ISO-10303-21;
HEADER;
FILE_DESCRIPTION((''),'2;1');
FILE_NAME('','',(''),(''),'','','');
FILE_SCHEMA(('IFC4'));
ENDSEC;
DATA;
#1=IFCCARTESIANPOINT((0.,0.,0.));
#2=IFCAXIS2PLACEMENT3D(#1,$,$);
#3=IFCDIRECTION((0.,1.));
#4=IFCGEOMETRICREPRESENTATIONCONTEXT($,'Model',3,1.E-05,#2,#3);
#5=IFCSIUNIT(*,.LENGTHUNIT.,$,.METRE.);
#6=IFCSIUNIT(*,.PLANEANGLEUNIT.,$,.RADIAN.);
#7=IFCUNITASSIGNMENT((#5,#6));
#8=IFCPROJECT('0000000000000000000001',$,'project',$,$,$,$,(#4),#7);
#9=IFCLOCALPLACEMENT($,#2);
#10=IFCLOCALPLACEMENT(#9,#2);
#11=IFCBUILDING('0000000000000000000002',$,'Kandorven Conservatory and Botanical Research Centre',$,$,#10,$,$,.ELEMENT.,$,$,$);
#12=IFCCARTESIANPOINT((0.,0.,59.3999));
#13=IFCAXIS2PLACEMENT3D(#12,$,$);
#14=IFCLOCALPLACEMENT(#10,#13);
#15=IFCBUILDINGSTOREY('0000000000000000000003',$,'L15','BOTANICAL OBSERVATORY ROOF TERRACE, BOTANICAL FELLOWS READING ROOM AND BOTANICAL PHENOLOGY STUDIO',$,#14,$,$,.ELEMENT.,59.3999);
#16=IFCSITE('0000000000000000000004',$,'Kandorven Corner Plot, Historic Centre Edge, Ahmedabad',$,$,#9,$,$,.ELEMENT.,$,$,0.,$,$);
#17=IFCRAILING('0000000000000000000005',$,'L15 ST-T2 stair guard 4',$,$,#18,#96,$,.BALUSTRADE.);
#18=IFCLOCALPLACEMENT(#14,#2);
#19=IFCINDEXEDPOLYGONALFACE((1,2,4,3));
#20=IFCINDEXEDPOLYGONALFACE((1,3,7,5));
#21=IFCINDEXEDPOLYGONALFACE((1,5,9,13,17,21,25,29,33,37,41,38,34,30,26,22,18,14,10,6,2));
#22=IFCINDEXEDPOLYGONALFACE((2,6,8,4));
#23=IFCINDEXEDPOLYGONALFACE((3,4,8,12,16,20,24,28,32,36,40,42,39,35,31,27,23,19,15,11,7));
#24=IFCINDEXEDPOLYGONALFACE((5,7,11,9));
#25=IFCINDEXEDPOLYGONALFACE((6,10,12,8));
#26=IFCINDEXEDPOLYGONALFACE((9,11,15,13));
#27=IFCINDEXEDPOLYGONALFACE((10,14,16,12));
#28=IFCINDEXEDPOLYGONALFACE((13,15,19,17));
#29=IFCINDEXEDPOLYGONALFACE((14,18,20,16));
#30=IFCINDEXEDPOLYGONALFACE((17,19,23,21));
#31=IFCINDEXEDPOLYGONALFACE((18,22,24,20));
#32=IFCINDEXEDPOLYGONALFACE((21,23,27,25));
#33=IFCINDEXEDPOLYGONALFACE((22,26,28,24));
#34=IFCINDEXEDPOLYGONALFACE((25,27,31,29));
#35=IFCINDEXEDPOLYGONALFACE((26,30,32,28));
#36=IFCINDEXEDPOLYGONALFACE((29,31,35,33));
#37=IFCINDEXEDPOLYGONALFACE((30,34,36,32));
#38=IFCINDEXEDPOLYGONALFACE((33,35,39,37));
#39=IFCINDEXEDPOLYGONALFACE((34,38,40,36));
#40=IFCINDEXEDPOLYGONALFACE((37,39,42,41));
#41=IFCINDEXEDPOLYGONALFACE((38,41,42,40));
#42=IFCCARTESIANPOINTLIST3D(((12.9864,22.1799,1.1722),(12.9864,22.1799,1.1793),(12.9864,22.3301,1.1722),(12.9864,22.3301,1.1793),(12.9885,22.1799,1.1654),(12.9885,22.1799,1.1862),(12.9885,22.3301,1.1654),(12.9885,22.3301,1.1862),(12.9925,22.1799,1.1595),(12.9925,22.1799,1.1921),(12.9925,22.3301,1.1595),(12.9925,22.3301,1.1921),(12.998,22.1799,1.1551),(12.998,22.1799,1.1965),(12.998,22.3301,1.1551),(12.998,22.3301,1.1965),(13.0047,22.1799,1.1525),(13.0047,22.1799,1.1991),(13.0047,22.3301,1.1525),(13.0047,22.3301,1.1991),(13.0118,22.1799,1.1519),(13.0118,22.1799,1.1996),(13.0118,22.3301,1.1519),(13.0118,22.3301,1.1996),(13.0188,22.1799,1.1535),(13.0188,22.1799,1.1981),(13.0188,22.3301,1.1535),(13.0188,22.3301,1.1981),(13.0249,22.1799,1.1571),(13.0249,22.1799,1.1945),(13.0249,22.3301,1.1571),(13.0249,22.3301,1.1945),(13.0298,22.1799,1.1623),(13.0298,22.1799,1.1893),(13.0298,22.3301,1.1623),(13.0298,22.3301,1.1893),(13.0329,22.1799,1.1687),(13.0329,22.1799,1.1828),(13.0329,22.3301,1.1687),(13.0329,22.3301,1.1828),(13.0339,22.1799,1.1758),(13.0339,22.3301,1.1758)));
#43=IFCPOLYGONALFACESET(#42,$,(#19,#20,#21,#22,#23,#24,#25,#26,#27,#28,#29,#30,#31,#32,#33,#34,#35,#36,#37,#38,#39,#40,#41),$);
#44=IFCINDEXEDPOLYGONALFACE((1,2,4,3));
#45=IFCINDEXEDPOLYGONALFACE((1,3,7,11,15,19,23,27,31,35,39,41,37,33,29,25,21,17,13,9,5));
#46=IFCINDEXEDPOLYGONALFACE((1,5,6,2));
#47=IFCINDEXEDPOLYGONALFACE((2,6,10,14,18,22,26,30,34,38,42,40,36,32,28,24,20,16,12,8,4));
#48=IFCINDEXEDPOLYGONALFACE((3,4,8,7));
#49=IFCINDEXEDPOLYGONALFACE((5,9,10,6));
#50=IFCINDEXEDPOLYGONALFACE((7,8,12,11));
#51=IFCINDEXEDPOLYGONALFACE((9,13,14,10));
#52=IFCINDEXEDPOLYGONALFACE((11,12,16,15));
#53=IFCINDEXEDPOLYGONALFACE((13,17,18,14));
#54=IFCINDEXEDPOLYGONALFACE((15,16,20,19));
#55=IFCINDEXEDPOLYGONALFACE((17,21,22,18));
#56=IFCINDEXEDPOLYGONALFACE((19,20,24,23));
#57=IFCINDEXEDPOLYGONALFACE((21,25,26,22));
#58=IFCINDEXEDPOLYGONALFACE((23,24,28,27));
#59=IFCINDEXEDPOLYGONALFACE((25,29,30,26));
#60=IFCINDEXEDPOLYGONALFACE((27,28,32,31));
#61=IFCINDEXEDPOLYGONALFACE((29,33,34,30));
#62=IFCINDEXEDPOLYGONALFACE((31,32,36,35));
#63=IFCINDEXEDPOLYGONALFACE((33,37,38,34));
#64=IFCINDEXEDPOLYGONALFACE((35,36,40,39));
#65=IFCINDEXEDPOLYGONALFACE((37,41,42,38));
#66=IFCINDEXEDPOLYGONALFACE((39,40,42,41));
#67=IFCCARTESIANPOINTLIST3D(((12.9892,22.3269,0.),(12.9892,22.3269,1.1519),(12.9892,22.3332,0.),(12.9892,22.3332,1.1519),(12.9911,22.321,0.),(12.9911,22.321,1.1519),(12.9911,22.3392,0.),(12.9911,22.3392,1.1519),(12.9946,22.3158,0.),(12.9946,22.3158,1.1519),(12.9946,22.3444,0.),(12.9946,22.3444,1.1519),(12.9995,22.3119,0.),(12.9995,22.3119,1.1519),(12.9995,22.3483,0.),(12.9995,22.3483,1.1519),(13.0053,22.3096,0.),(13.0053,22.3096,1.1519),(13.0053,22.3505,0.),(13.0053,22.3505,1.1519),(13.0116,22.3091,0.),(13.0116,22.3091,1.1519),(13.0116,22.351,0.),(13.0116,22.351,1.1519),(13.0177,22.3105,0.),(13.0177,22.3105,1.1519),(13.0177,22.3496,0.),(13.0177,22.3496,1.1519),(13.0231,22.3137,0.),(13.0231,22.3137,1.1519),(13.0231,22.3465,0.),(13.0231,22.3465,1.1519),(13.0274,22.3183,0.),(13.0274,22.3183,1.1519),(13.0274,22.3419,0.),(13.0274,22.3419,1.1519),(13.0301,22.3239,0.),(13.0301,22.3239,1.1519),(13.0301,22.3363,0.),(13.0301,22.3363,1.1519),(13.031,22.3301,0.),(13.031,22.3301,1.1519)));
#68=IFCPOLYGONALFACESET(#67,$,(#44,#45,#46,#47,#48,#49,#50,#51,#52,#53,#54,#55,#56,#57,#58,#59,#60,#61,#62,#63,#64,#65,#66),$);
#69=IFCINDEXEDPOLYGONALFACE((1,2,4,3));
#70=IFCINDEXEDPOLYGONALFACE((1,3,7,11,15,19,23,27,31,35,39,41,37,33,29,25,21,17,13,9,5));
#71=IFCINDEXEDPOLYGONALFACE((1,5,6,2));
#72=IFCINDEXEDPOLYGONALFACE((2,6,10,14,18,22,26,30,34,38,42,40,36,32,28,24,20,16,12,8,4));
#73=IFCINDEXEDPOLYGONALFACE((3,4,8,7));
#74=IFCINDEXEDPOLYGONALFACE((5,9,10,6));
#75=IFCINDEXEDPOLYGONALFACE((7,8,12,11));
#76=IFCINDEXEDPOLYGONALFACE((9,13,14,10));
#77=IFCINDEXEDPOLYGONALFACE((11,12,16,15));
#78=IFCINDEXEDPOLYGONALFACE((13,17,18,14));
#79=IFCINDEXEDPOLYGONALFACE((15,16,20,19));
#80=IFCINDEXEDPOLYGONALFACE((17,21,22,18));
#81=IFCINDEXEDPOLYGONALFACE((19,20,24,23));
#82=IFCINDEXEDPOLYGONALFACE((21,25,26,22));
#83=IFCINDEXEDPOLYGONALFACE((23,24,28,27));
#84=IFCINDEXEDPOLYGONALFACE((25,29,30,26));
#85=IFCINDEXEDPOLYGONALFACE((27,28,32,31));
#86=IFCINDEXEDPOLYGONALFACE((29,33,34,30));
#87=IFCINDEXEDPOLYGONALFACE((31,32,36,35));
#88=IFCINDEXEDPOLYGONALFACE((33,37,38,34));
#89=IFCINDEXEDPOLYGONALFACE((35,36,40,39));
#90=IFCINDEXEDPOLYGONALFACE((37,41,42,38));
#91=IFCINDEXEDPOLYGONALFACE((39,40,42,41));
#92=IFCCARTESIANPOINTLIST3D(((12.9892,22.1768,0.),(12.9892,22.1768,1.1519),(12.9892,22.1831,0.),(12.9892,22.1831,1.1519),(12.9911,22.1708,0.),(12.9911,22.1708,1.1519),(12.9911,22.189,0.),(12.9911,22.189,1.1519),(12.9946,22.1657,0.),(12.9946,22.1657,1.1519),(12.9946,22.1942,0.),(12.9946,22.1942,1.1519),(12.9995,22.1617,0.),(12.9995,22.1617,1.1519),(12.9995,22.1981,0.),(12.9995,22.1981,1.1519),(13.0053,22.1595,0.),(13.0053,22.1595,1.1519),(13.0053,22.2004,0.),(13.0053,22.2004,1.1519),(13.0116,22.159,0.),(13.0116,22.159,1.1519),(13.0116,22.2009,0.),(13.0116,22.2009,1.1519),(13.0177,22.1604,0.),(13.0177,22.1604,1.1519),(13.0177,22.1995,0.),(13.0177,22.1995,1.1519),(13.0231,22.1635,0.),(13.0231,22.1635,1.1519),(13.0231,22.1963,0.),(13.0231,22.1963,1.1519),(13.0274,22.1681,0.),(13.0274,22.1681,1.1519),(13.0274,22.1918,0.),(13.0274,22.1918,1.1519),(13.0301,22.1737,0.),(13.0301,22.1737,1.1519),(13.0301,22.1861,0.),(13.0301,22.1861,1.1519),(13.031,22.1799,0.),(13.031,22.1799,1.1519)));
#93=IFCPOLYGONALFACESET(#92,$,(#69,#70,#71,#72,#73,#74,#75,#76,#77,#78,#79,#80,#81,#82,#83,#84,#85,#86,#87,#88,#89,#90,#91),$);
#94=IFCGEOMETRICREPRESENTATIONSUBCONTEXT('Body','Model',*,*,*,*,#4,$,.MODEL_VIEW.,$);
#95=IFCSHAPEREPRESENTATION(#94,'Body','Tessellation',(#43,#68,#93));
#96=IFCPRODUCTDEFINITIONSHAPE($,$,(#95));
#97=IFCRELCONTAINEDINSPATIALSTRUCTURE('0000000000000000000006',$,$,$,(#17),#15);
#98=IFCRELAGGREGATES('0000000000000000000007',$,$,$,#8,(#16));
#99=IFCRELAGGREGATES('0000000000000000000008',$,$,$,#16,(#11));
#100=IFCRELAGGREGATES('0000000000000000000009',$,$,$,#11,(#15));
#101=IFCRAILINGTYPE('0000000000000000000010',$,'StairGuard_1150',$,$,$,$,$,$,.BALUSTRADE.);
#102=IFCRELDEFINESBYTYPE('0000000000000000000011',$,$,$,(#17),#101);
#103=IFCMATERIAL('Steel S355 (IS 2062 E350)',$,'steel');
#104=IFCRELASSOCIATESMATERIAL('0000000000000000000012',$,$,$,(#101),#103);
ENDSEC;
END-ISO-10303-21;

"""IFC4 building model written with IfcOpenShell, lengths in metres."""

from ifc_helpers import new_model, si_unit, direction, frame, origin, origin_2d, place, context, subcontext, project, spatial, circle, extrude, material, type_object, element, save


model = new_model("IFC4")

# Units and contexts
model_context = context("Model", 3, precision=1e-05, world=origin(), true_north=direction((0.0, 1.0)))
body_context = subcontext(model_context, "Body", "Model", "MODEL_VIEW")
ifc_project = project(units=[si_unit("LENGTHUNIT", "METRE"), si_unit("PLANEANGLEUNIT", "RADIAN")], contexts=[model_context])

# Site, building, storey
site_placement = place(None, origin())
site = spatial("IfcSite", under=ifc_project, at=site_placement, Name="Kandorven Corner Plot, Historic Centre Edge, Ahmedabad", CompositionType="ELEMENT", RefElevation=0.0)
building_placement = place(site_placement, origin())
building = spatial("IfcBuilding", under=site, at=building_placement, Name="Kandorven Conservatory and Botanical Research Centre", CompositionType="ELEMENT")
storey_placement = place(building_placement, frame((0.0, 0.0, 59.3999)))
storey = spatial("IfcBuildingStorey", under=building, at=storey_placement, Name="L15", Description="BOTANICAL OBSERVATORY ROOF TERRACE, BOTANICAL FELLOWS READING ROOM AND BOTANICAL PHENOLOGY STUDIO", CompositionType="ELEMENT", Elevation=59.3999)

# Railing
ifc_material_1 = material(Name="Steel S355 (IS 2062 E350)", Category="steel")
railing_type_1 = type_object("IfcRailingType", Name="StairGuard_1150", PredefinedType="BALUSTRADE", material=ifc_material_1)
railing_1_placement = place(storey_placement, frame((13.01, 22.3301, 0.0)))
element("IfcRailing", 1, at=railing_1_placement, inside=storey, type_object=railing_type_1, Name="L15 ST-T2 stair guard 4", PredefinedType="BALUSTRADE", context=body_context, shape_type="SweptSolid", body=[
    extrude(circle(Radius=0.0239, at=origin_2d()), frame((0.0, 0.0, 1.1758), z_axis=(0.0, -1.0, 0.0), x_axis=(1.0, 0.0, 0.0)), (0.0, 0.0, 1.0), 0.1501),
    extrude(circle(Radius=0.021, at=origin_2d()), origin(), (0.0, 0.0, 1.0), 1.1519),
    extrude(circle(Radius=0.021, at=origin_2d()), frame((0.0, -0.1501, 0.0)), (0.0, 0.0, 1.0), 1.1519),
])

save(model, "model.ifc")
